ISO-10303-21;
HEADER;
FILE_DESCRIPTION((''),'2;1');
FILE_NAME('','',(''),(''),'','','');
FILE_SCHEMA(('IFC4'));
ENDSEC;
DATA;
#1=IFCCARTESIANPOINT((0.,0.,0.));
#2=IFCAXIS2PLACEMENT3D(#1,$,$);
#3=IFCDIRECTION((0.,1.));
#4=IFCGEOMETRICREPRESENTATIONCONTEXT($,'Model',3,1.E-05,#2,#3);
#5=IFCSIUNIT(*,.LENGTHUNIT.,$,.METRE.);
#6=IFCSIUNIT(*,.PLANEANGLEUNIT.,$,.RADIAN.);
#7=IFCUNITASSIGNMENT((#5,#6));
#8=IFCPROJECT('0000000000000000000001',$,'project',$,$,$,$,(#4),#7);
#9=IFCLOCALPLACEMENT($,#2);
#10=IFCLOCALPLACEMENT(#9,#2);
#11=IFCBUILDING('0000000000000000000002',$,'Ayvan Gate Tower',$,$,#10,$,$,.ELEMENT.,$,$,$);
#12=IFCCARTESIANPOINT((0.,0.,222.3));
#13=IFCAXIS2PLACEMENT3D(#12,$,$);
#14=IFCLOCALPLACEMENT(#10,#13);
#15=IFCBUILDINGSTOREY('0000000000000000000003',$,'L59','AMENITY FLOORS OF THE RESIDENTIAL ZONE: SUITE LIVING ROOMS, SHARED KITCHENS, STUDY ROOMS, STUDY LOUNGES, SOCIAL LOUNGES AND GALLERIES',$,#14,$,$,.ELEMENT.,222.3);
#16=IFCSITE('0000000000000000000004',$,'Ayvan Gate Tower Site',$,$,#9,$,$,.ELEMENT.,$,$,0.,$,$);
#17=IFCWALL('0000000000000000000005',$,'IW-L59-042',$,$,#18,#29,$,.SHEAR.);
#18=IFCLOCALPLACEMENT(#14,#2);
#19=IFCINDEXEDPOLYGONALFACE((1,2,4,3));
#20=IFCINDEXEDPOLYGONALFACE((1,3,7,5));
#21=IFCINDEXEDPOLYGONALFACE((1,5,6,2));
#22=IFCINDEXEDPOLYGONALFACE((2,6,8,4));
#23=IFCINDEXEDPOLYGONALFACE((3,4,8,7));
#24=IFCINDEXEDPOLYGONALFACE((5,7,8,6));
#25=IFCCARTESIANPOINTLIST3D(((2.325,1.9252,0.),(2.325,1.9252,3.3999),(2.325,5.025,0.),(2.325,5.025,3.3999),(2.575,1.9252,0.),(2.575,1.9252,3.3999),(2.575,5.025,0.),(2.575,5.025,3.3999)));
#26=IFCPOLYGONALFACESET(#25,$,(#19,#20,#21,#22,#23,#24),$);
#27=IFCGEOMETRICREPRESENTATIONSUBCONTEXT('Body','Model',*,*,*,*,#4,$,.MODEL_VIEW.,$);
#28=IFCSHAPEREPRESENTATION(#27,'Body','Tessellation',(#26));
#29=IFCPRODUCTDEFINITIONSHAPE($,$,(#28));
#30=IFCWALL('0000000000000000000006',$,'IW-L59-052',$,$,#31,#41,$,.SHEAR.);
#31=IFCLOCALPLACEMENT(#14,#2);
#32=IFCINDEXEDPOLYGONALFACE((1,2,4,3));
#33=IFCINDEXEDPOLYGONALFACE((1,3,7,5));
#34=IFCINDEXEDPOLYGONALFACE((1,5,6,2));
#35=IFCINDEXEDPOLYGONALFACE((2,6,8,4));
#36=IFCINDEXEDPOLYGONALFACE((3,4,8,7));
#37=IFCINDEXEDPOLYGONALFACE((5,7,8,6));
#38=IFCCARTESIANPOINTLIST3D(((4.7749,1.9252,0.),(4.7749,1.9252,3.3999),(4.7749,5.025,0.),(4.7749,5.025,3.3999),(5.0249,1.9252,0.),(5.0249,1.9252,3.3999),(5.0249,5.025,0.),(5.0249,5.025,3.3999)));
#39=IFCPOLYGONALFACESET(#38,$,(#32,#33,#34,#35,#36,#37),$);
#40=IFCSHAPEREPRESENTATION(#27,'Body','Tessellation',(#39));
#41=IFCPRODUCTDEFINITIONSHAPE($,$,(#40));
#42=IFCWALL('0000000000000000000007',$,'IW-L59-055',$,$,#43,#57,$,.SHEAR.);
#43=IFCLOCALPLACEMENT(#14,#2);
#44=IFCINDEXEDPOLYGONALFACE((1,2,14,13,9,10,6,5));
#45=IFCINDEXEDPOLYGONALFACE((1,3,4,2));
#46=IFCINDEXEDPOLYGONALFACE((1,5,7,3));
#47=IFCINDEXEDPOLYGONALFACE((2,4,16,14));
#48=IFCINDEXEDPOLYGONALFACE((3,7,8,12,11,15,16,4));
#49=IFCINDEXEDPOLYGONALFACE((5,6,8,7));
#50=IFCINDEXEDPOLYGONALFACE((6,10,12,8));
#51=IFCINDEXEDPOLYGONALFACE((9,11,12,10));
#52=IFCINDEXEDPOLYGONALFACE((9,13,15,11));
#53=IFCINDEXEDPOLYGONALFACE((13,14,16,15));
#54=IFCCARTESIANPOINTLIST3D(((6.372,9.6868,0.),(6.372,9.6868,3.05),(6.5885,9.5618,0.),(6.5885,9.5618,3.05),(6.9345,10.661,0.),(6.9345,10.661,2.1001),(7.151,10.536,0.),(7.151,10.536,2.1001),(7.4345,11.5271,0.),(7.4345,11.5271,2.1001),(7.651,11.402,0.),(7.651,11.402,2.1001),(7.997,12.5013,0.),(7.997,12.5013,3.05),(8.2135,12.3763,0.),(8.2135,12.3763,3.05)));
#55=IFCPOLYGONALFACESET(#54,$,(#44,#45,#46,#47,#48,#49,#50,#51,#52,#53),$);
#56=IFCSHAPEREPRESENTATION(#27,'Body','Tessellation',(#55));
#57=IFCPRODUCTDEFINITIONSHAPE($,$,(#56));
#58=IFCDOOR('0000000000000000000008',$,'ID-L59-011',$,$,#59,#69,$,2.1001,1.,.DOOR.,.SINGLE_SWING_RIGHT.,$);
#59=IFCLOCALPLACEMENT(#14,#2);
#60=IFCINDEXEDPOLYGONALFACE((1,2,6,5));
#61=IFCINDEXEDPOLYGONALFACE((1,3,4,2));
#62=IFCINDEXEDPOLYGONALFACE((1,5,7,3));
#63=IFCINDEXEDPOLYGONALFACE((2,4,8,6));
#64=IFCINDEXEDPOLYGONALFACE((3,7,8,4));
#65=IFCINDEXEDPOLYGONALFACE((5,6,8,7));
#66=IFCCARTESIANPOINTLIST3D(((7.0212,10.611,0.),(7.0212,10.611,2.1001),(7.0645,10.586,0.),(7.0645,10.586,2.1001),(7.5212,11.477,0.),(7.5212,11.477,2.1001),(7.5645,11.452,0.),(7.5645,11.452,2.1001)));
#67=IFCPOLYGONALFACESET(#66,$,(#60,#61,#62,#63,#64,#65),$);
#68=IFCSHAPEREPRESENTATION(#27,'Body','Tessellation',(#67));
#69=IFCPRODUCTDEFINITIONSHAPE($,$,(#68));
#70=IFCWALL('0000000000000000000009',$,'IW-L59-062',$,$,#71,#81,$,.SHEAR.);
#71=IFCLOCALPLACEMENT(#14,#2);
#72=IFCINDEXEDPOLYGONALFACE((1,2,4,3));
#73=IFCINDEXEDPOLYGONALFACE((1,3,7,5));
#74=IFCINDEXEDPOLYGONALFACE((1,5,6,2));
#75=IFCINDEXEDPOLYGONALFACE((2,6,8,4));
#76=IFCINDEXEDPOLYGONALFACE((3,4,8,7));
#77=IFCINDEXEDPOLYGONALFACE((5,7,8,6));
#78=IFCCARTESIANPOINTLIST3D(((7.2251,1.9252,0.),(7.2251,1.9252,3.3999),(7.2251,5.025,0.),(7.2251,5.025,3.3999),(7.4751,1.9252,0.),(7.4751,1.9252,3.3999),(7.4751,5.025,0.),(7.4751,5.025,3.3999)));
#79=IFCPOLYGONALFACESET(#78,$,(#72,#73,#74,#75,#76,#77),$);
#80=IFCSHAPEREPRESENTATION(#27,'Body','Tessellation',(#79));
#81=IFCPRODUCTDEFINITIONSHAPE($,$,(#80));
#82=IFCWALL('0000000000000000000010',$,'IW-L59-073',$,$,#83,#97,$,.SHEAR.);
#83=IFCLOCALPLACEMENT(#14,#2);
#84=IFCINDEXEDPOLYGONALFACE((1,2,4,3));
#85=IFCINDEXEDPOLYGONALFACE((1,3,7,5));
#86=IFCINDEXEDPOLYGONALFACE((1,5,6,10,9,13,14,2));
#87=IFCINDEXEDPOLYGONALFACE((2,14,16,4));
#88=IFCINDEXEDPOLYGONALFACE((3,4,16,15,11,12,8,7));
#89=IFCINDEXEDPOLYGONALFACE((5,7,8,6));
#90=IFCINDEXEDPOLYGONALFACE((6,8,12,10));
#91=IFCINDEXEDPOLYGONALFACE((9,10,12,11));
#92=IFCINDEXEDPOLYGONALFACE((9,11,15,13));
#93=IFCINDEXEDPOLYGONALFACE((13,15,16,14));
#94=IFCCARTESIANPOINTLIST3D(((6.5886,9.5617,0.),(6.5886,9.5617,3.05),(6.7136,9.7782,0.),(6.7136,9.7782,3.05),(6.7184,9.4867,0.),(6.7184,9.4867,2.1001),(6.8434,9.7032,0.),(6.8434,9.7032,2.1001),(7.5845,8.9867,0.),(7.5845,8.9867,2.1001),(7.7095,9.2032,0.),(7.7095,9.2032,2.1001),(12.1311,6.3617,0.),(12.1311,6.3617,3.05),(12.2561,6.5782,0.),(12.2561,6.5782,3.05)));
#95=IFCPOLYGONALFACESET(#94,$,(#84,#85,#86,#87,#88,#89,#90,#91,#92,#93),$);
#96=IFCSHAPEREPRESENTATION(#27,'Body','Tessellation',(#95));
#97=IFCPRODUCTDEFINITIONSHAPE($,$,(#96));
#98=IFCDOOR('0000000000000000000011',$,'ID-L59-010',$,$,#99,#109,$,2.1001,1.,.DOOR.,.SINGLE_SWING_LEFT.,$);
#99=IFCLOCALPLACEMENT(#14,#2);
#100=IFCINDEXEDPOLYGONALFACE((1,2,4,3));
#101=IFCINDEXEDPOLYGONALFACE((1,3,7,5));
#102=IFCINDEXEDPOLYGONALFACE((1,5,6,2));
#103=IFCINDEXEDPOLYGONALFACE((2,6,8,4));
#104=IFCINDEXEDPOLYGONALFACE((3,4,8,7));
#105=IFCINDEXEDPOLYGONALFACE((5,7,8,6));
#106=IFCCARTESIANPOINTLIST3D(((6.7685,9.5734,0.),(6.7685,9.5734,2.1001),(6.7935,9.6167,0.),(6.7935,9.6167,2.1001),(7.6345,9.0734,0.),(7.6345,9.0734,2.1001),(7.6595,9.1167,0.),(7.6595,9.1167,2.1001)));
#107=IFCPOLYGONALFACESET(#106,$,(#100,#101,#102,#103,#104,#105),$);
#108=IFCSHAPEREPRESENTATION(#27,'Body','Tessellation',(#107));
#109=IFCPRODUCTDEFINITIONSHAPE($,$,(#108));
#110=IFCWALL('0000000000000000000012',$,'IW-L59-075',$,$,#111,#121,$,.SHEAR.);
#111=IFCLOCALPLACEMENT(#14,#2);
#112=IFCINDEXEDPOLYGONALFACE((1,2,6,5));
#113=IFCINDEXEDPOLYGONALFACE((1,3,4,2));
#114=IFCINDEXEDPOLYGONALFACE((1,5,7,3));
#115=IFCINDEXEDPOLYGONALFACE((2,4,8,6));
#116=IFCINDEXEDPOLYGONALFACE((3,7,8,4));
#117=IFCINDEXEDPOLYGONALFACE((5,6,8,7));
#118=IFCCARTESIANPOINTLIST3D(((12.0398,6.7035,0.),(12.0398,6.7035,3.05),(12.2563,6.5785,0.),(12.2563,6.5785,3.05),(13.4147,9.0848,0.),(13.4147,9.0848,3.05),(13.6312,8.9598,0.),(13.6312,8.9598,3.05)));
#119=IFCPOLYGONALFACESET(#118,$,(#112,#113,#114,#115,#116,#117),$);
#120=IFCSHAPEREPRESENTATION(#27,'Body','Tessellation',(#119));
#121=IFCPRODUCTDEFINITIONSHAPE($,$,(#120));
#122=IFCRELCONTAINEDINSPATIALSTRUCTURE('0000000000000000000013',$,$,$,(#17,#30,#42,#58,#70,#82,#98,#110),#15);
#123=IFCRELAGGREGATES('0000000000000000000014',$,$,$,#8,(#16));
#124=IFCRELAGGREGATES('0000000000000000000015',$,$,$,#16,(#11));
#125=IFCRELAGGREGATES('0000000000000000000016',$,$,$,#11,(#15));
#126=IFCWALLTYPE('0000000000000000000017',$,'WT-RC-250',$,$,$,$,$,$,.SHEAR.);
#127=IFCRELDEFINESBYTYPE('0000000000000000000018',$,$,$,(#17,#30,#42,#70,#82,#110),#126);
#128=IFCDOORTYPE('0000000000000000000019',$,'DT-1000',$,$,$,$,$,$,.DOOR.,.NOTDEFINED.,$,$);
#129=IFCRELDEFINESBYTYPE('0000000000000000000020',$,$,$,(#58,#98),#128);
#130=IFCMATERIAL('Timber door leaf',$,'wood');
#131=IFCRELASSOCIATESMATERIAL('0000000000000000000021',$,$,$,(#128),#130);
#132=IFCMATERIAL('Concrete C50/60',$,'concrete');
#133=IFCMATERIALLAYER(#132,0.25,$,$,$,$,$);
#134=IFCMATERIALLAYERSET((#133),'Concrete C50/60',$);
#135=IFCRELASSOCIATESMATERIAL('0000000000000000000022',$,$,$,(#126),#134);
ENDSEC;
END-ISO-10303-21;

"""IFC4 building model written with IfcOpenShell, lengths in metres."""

from ifc_helpers import new_model, si_unit, direction, frame, frame_2d, origin, place, context, subcontext, project, spatial, rectangle, extrude, material, layer, layer_set, type_object, element, fill, save


model = new_model("IFC4")

# Units and contexts
model_context = context("Model", 3, precision=1e-05, world=origin(), true_north=direction((0.0, 1.0)))
body_context = subcontext(model_context, "Body", "Model", "MODEL_VIEW")
ifc_project = project(units=[si_unit("LENGTHUNIT", "METRE"), si_unit("PLANEANGLEUNIT", "RADIAN")], contexts=[model_context])

# Site, building, storey
site_placement = place(None, origin())
site = spatial("IfcSite", under=ifc_project, at=site_placement, Name="Ayvan Gate Tower Site", CompositionType="ELEMENT", RefElevation=0.0)
building_placement = place(site_placement, origin())
building = spatial("IfcBuilding", under=site, at=building_placement, Name="Ayvan Gate Tower", CompositionType="ELEMENT")
storey_placement = place(building_placement, frame((0.0, 0.0, 222.3)))
storey = spatial("IfcBuildingStorey", under=building, at=storey_placement, Name="L59", Description="AMENITY FLOORS OF THE RESIDENTIAL ZONE: SUITE LIVING ROOMS, SHARED KITCHENS, STUDY ROOMS, STUDY LOUNGES, SOCIAL LOUNGES AND GALLERIES", CompositionType="ELEMENT", Elevation=222.3)

# Shared definitions
ifc_material_1 = material(Name="Timber door leaf", Category="wood")
door_type_1 = type_object("IfcDoorType", Name="DT-1000", OperationType="NOTDEFINED", PredefinedType="DOOR", material=ifc_material_1)

# Walls
ifc_material_2 = material(Name="Concrete C50/60", Category="concrete")
ifc_layer_1 = layer(ifc_material_2, 0.25)
ifc_layer_set_1 = layer_set([ifc_layer_1], Name="Concrete C50/60")
wall_type_1 = type_object("IfcWallType", Name="WT-RC-250", PredefinedType="SHEAR", material=ifc_layer_set_1)
for number, where, z_axis, x_axis, name in (
    (1, (2.45, 5.0249, 0.0), (0.0, 0.0, 1.0), (0.0, -1.0, 0.0), "IW-L59-042"),
    (2, (4.8999, 5.0249, 0.0), (0.0, 0.0, 1.0), (0.0, -1.0, 0.0), "IW-L59-052"),
):
    element("IfcWall", number, at=place(storey_placement, frame(where, z_axis=z_axis, x_axis=x_axis)), inside=storey, type_object=wall_type_1, Name=name, PredefinedType="SHEAR", context=body_context, shape_type="SweptSolid", body=[
        extrude(rectangle(XDim=3.0999, YDim=0.25, at=frame_2d((1.5498, 0.0))), origin(), (0.0, 0.0, 1.0), 3.3999),
    ])

# Wall, opening, door
wall_1_placement = place(storey_placement, frame((6.4802, 9.6243, 0.0), z_axis=(0.0, 0.0, 1.0), x_axis=(0.500017, 0.866015, 0.0)))
wall_1 = element("IfcWall", 3, at=wall_1_placement, inside=storey, type_object=wall_type_1, Name="IW-L59-055", PredefinedType="SHEAR", context=body_context, shape_type="SweptSolid", body=[
    extrude(rectangle(XDim=3.25, YDim=0.25, at=frame_2d((1.625, 0.0))), origin(), (0.0, 0.0, 1.0), 3.05),
])
opening_1_placement = place(wall_1_placement, frame((1.125, 0.0, 0.0)))
opening_1 = element("IfcOpeningElement", 4, at=opening_1_placement, cuts=wall_1, PredefinedType="OPENING", context=body_context, shape_type="SweptSolid", body=[
    extrude(rectangle(XDim=1.0, YDim=2.1001, at=frame_2d((0.5, 1.05))), frame((0.0, 0.135, 0.0), z_axis=(0.0, -1.0, 0.0), x_axis=(1.0, 0.0, 0.0)), (0.0, 0.0, 1.0), 0.27),
])
door_1_placement = place(opening_1_placement, origin())
door_1 = element("IfcDoor", 5, at=door_1_placement, inside=storey, type_object=door_type_1, Name="ID-L59-011", OperationType="SINGLE_SWING_RIGHT", OverallHeight=2.1001, OverallWidth=1.0, PredefinedType="DOOR", context=body_context, shape_type="SweptSolid", body=[
    extrude(rectangle(XDim=1.0, YDim=2.1001, at=frame_2d((0.5, 1.05))), frame((0.0, 0.0249, 0.0), z_axis=(0.0, -1.0, 0.0), x_axis=(1.0, 0.0, 0.0)), (0.0, 0.0, 1.0), 0.05),
])
fill(opening_1, door_1)

# Wall
wall_2_placement = place(storey_placement, frame((7.3501, 5.0249, 0.0), z_axis=(0.0, 0.0, 1.0), x_axis=(0.0, -1.0, 0.0)))
element("IfcWall", 6, at=wall_2_placement, inside=storey, type_object=wall_type_1, Name="IW-L59-062", PredefinedType="SHEAR", context=body_context, shape_type="SweptSolid", body=[
    extrude(rectangle(XDim=3.0999, YDim=0.25, at=frame_2d((1.5498, 0.0))), origin(), (0.0, 0.0, 1.0), 3.3999),
])

# Wall, opening, door
wall_3_placement = place(storey_placement, frame((12.1936, 6.47, 0.0), z_axis=(0.0, 0.0, 1.0), x_axis=(-0.866025, 0.5, 0.0)))
wall_3 = element("IfcWall", 7, at=wall_3_placement, inside=storey, type_object=wall_type_1, Name="IW-L59-073", PredefinedType="SHEAR", context=body_context, shape_type="SweptSolid", body=[
    extrude(rectangle(XDim=6.3999, YDim=0.25, at=frame_2d((3.2, 0.0))), origin(), (0.0, 0.0, 1.0), 3.05),
])
opening_2_placement = place(wall_3_placement, frame((5.25, 0.0, 0.0)))
opening_2 = element("IfcOpeningElement", 8, at=opening_2_placement, cuts=wall_3, PredefinedType="OPENING", context=body_context, shape_type="SweptSolid", body=[
    extrude(rectangle(XDim=1.0, YDim=2.1001, at=frame_2d((0.5, 1.05))), frame((0.0, 0.135, 0.0), z_axis=(0.0, -1.0, 0.0), x_axis=(1.0, 0.0, 0.0)), (0.0, 0.0, 1.0), 0.27),
])
door_2_placement = place(opening_2_placement, origin())
door_2 = element("IfcDoor", 9, at=door_2_placement, inside=storey, type_object=door_type_1, Name="ID-L59-010", OperationType="SINGLE_SWING_LEFT", OverallHeight=2.1001, OverallWidth=1.0, PredefinedType="DOOR", context=body_context, shape_type="SweptSolid", body=[
    extrude(rectangle(XDim=1.0, YDim=2.1001, at=frame_2d((0.5, 1.05))), frame((0.0, 0.0249, 0.0), z_axis=(0.0, -1.0, 0.0), x_axis=(1.0, 0.0, 0.0)), (0.0, 0.0, 1.0), 0.05),
])
fill(opening_2, door_2)

# Wall
wall_4_placement = place(storey_placement, frame((12.1479, 6.6409, 0.0), z_axis=(0.0, 0.0, 1.0), x_axis=(0.500035, 0.866005, 0.0)))
element("IfcWall", 10, at=wall_4_placement, inside=storey, type_object=wall_type_1, Name="IW-L59-075", PredefinedType="SHEAR", context=body_context, shape_type="SweptSolid", body=[
    extrude(rectangle(XDim=2.7498, YDim=0.25, at=frame_2d((1.375, 0.0))), origin(), (0.0, 0.0, 1.0), 3.05),
])

save(model, "model.ifc")
